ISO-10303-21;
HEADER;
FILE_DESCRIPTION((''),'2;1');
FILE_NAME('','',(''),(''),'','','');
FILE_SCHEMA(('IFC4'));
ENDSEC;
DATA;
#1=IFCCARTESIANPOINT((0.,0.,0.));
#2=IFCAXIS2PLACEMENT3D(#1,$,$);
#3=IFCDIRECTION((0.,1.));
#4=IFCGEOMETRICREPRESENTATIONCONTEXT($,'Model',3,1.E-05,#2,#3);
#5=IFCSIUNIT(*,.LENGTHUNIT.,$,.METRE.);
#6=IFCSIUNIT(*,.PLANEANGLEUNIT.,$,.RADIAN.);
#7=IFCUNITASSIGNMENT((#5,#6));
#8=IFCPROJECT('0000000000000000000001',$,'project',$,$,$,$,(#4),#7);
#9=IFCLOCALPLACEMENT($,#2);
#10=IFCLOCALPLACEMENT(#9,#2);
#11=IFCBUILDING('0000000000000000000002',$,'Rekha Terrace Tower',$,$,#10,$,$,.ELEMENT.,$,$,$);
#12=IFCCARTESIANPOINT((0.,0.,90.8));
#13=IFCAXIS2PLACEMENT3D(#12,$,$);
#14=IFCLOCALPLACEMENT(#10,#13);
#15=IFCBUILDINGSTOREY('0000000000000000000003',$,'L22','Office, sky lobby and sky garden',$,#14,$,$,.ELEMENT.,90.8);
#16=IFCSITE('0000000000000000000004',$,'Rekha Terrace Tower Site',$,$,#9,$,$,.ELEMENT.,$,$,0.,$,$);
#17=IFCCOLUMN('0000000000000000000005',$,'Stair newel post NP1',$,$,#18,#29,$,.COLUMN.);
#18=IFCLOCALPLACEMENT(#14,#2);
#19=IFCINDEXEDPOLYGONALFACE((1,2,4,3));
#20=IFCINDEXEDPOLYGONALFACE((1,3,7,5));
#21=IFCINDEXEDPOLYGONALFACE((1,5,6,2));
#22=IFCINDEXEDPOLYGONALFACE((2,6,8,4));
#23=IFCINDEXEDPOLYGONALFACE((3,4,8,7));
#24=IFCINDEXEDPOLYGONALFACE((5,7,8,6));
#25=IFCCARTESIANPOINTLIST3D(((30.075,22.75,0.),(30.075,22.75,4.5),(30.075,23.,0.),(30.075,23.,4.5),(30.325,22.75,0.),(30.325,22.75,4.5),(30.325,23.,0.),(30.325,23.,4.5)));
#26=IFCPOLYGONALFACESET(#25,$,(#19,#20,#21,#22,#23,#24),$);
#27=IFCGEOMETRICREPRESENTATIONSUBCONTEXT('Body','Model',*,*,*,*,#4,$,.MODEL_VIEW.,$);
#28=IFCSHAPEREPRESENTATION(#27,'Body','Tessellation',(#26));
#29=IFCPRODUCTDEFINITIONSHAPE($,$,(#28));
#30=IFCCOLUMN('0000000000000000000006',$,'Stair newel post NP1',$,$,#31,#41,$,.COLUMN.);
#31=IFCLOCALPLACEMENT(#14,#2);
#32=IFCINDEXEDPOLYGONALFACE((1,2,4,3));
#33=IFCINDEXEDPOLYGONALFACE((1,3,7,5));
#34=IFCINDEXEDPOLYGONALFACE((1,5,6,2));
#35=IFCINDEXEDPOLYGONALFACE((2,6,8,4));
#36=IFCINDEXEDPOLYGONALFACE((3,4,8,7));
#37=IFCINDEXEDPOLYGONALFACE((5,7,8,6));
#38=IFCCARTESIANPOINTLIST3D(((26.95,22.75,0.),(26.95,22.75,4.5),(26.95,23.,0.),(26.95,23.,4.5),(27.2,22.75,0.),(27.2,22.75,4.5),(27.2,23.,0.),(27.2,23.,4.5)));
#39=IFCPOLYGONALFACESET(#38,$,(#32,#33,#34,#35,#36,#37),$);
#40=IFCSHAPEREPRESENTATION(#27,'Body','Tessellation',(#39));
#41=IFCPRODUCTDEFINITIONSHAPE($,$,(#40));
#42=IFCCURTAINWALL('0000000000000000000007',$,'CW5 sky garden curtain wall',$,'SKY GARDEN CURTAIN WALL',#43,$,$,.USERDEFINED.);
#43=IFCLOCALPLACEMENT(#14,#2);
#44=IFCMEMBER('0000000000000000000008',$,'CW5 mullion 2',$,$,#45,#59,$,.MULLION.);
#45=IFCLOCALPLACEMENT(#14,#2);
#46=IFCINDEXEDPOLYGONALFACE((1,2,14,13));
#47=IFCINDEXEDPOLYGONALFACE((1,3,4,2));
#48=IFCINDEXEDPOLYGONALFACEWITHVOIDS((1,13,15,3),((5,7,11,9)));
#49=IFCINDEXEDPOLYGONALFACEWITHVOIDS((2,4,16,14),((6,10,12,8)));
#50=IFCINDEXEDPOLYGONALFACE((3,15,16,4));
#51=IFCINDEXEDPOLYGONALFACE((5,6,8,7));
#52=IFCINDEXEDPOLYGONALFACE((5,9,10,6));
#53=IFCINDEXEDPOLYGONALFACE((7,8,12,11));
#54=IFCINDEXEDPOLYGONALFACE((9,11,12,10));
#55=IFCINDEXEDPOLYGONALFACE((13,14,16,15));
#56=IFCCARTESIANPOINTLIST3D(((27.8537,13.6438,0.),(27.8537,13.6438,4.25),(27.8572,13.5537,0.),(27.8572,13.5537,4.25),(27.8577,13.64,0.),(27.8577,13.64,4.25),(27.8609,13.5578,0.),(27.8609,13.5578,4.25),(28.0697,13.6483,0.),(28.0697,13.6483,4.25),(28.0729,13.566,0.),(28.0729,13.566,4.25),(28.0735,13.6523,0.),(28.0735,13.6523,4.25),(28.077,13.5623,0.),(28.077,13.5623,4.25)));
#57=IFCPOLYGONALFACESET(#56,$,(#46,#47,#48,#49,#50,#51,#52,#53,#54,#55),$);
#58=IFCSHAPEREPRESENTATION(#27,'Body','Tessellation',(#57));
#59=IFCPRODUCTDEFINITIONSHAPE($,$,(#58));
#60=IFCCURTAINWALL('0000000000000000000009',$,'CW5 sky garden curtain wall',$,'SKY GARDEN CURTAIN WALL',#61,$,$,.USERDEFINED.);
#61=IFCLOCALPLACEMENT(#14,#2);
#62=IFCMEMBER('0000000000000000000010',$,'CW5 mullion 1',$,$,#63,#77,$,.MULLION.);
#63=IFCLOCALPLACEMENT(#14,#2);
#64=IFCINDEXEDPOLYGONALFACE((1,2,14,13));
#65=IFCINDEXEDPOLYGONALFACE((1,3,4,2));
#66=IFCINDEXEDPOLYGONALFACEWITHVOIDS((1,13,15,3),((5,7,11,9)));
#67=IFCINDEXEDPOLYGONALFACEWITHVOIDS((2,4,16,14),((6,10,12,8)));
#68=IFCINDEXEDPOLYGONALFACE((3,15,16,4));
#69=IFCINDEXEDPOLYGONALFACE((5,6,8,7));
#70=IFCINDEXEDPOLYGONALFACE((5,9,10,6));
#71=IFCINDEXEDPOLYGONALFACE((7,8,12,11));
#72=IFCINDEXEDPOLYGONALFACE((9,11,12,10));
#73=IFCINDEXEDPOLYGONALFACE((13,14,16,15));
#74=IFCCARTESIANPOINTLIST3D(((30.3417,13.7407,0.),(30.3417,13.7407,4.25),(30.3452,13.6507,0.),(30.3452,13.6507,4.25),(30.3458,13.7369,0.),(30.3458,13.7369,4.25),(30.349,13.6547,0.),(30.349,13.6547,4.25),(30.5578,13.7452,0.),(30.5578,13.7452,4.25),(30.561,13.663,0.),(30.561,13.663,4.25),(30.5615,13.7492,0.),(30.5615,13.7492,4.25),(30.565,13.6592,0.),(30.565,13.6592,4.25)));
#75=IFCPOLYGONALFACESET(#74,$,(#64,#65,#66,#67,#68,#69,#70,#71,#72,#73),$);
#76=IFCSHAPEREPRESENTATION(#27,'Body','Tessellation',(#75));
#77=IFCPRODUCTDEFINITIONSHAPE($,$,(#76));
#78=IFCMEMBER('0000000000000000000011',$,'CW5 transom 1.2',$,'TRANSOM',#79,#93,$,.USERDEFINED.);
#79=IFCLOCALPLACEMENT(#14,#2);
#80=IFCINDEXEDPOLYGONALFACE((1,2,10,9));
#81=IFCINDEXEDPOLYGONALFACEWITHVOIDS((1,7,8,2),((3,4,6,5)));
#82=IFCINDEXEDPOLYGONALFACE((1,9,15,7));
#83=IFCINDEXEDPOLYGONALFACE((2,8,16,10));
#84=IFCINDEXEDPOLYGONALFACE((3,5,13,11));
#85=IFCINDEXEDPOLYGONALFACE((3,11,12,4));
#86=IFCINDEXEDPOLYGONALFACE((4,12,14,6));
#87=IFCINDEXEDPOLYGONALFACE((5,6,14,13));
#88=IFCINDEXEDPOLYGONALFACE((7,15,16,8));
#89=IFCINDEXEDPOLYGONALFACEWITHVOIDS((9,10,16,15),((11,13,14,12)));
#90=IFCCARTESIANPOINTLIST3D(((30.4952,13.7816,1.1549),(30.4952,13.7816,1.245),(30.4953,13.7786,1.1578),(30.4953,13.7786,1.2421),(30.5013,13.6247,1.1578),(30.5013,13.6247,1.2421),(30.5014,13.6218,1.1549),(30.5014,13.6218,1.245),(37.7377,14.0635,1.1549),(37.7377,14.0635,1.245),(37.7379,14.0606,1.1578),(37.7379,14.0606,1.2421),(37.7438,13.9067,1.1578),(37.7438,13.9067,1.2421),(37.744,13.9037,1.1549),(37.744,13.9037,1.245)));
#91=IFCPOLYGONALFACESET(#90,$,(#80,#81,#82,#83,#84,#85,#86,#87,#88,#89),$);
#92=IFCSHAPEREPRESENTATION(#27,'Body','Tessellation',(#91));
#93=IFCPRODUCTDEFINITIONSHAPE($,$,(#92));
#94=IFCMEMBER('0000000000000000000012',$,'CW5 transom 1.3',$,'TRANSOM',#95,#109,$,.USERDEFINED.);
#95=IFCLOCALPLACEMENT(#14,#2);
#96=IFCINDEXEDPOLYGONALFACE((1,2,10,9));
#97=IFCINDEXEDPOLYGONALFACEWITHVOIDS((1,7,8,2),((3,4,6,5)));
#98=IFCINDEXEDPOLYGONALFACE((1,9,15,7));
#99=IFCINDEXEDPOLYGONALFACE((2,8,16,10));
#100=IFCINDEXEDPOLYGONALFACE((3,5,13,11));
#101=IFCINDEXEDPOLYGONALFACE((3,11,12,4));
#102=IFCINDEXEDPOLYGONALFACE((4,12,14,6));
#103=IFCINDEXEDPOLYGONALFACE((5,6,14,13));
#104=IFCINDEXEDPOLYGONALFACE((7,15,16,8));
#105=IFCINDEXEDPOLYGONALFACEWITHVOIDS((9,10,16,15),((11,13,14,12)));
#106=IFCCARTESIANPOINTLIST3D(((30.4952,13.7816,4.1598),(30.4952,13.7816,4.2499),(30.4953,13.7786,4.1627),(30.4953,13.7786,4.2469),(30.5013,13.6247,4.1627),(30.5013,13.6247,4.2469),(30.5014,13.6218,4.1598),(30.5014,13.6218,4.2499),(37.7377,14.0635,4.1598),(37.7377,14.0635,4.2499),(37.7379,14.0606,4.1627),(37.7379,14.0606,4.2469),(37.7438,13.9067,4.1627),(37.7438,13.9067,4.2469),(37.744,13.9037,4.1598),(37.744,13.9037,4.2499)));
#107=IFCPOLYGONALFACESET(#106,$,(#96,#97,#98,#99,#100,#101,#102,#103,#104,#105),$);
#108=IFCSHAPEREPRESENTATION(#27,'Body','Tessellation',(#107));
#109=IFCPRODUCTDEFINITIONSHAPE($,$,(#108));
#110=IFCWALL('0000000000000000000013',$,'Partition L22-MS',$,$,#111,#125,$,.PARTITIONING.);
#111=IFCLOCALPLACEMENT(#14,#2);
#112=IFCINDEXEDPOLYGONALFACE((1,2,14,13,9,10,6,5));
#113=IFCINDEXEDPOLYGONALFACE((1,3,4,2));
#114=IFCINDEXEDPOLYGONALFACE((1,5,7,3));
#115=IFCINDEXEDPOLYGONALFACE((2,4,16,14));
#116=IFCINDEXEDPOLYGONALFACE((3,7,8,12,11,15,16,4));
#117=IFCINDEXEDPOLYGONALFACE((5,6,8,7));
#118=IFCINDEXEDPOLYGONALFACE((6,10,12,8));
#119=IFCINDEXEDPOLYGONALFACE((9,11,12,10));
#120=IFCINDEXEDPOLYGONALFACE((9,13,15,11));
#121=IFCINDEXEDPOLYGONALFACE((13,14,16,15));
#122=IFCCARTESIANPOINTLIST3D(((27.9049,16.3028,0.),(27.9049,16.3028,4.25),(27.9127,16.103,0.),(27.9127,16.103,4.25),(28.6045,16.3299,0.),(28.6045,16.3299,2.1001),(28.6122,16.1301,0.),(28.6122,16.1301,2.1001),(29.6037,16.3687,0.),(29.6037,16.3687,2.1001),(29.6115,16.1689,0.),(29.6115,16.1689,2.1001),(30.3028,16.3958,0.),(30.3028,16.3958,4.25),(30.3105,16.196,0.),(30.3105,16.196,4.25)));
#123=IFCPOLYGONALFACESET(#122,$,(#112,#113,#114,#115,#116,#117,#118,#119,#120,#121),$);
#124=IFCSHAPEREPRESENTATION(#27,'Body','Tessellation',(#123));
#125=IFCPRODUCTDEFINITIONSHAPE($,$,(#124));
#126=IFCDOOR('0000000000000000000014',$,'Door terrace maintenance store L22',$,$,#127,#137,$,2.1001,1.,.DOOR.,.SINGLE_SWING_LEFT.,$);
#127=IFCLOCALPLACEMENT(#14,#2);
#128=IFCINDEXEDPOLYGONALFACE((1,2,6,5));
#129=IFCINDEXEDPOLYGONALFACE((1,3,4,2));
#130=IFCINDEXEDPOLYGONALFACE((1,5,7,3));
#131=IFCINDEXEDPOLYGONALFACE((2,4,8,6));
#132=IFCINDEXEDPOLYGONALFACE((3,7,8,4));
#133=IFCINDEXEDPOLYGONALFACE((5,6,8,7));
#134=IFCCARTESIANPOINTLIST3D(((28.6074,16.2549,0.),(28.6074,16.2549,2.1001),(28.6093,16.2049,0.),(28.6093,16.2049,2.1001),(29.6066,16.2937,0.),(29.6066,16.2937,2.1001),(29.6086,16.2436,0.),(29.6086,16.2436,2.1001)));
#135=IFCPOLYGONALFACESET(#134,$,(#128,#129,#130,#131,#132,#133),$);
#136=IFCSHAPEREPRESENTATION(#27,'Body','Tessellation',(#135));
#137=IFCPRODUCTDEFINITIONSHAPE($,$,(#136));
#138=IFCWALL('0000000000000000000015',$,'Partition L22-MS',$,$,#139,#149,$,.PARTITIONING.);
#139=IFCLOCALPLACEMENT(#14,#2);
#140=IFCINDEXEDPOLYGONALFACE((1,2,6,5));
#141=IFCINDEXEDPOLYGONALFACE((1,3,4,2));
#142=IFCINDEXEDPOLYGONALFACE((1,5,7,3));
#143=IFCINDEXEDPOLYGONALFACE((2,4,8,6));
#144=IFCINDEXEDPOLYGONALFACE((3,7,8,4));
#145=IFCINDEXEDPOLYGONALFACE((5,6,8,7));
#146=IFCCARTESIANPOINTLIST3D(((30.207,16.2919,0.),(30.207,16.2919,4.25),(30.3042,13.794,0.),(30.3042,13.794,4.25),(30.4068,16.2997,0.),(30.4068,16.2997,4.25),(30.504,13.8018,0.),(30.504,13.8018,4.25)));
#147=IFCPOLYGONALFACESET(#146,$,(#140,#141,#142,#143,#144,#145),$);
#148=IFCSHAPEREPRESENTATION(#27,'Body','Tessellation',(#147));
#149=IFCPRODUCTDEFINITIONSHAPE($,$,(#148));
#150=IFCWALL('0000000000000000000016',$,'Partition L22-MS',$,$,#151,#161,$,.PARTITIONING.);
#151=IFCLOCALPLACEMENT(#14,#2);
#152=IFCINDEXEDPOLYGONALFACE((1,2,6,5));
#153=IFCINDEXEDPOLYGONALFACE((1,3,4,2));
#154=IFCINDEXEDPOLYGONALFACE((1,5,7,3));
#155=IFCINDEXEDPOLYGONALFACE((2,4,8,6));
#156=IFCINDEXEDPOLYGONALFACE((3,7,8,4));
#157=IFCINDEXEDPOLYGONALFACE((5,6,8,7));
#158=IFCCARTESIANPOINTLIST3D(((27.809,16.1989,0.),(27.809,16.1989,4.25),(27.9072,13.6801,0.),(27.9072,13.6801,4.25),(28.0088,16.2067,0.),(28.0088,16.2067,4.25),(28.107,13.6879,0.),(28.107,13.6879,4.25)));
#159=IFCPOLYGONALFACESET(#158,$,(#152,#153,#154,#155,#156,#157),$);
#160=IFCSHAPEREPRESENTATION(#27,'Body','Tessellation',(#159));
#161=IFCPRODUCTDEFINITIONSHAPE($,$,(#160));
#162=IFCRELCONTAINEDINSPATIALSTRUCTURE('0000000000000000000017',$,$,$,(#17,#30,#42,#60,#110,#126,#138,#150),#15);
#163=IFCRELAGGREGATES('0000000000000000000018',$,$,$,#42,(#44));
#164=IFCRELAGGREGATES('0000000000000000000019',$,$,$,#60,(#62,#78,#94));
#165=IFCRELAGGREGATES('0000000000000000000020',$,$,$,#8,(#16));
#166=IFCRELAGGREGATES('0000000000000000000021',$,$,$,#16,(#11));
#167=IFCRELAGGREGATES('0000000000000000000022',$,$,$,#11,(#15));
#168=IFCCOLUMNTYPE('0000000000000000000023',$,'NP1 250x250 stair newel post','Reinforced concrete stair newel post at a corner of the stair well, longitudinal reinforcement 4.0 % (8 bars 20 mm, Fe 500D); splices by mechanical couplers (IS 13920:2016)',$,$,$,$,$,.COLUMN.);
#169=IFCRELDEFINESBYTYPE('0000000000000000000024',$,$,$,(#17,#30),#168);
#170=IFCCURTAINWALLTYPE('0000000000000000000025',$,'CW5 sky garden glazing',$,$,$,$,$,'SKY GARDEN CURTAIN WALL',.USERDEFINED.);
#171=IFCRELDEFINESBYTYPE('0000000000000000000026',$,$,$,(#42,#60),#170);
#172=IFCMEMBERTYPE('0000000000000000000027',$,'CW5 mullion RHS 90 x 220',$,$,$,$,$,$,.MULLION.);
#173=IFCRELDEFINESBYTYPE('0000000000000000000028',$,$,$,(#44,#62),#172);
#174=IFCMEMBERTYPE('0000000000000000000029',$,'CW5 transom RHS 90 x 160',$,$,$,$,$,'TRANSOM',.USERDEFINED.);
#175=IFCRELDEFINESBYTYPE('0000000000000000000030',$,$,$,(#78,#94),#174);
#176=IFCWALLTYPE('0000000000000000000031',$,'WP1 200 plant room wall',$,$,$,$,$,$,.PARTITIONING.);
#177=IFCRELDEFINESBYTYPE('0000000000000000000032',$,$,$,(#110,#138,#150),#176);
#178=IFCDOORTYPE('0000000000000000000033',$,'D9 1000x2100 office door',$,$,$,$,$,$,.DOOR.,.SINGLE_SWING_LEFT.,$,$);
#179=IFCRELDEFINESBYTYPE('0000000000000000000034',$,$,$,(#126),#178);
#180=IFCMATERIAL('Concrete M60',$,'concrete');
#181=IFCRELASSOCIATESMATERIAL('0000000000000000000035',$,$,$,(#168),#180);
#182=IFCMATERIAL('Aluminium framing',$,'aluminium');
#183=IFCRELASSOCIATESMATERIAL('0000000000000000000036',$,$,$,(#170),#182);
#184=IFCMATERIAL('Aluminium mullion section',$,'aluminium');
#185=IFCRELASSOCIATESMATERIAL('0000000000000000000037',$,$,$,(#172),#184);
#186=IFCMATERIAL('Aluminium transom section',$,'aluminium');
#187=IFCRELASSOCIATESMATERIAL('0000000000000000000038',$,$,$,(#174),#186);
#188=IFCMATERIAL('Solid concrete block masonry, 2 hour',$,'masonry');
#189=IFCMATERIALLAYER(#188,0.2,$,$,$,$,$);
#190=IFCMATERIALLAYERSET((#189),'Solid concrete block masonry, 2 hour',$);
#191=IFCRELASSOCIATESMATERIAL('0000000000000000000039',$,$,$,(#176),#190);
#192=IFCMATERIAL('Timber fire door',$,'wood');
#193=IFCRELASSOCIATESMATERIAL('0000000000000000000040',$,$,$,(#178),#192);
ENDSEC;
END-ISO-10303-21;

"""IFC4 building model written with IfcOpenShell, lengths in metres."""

from ifc_helpers import new_model, si_unit, direction, frame, frame_2d, origin, origin_2d, place, context, subcontext, project, spatial, rectangle, hollow_rectangle, extrude, material, layer, layer_set, material_profile, profile_set, type_object, element, fill, aggregate, save


model = new_model("IFC4")

# Units and contexts
model_context = context("Model", 3, precision=1e-05, world=origin(), true_north=direction((0.0, 1.0)))
body_context = subcontext(model_context, "Body", "Model", "MODEL_VIEW")
ifc_project = project(units=[si_unit("LENGTHUNIT", "METRE"), si_unit("PLANEANGLEUNIT", "RADIAN")], contexts=[model_context])

# Site, building, storey
site_placement = place(None, origin())
site = spatial("IfcSite", under=ifc_project, at=site_placement, Name="Rekha Terrace Tower Site", CompositionType="ELEMENT", RefElevation=0.0)
building_placement = place(site_placement, origin())
building = spatial("IfcBuilding", under=site, at=building_placement, Name="Rekha Terrace Tower", CompositionType="ELEMENT")
storey_placement = place(building_placement, frame((0.0, 0.0, 90.8)))
storey = spatial("IfcBuildingStorey", under=building, at=storey_placement, Name="L22", Description="Office, sky lobby and sky garden", CompositionType="ELEMENT", Elevation=90.8)

# Columns
ifc_material_1 = material(Name="Concrete M60", Category="concrete")
ifc_material_profile_1 = material_profile(ifc_material_1, rectangle(XDim=0.25, YDim=0.25, at=origin_2d()), Name="RC 250x250")
ifc_profile_set_1 = profile_set([ifc_material_profile_1], Name="Concrete M60")
column_type = type_object("IfcColumnType", Name="NP1 250x250 stair newel post", Description="Reinforced concrete stair newel post at a corner of the stair well, longitudinal reinforcement 4.0 % (8 bars 20 mm, Fe 500D); splices by mechanical couplers (IS 13920:2016)", PredefinedType="COLUMN", material=ifc_profile_set_1)
for number, where, z_axis, x_axis, name in (
    (1, (30.2, 22.875, 0.0), (0.0, 0.0, 1.0), (1.0, 0.0, 0.0), "Stair newel post NP1"),
    (2, (27.075, 22.875, 0.0), (0.0, 0.0, 1.0), (1.0, 0.0, 0.0), "Stair newel post NP1"),
):
    element("IfcColumn", number, at=place(storey_placement, frame(where, z_axis=z_axis, x_axis=x_axis)), inside=storey, type_object=column_type, Name=name, PredefinedType="COLUMN", context=body_context, shape_type="SweptSolid", body=[
        extrude(rectangle(XDim=0.25, YDim=0.25, at=origin_2d()), origin(), (0.0, 0.0, 1.0), 4.5),
    ])

# Curtain wall, member
ifc_material_2 = material(Name="Aluminium framing", Category="aluminium")
curtain_wall_type = type_object("IfcCurtainWallType", Name="CW5 sky garden glazing", ElementType="SKY GARDEN CURTAIN WALL", PredefinedType="USERDEFINED", material=ifc_material_2)
curtain_wall_1_placement = place(storey_placement, origin())
curtain_wall_1 = element("IfcCurtainWall", 3, at=curtain_wall_1_placement, inside=storey, type_object=curtain_wall_type, Name="CW5 sky garden curtain wall", ObjectType="SKY GARDEN CURTAIN WALL", PredefinedType="USERDEFINED")
ifc_material_3 = material(Name="Aluminium mullion section", Category="aluminium")
ifc_material_profile_2 = material_profile(ifc_material_3, hollow_rectangle(XDim=0.0901, YDim=0.22, WallThickness=0.0039, at=origin_2d()), Name="AL RHS 90x220")
ifc_profile_set_2 = profile_set([ifc_material_profile_2], Name="Aluminium mullion section")
member_type_1 = type_object("IfcMemberType", Name="CW5 mullion RHS 90 x 220", PredefinedType="MULLION", material=ifc_profile_set_2)
member_1_placement = place(storey_placement, frame((27.9653, 13.603, 0.0), z_axis=(0.0, 0.0, 1.0), x_axis=(-0.03889, 0.999243, 0.0)))
member_1 = element("IfcMember", 4, at=member_1_placement, type_object=member_type_1, Name="CW5 mullion 2", PredefinedType="MULLION", context=body_context, shape_type="SweptSolid", body=[
    extrude(hollow_rectangle(XDim=0.0901, YDim=0.22, WallThickness=0.0039, at=origin_2d()), origin(), (0.0, 0.0, 1.0), 4.25),
])
aggregate(curtain_wall_1, [member_1])

# Curtain wall, members
curtain_wall_2_placement = place(storey_placement, origin())
curtain_wall_2 = element("IfcCurtainWall", 5, at=curtain_wall_2_placement, inside=storey, type_object=curtain_wall_type, Name="CW5 sky garden curtain wall", ObjectType="SKY GARDEN CURTAIN WALL", PredefinedType="USERDEFINED")
member_2_placement = place(storey_placement, frame((30.4534, 13.7, 0.0), z_axis=(0.0, 0.0, 1.0), x_axis=(-0.03889, 0.999243, 0.0)))
member_2 = element("IfcMember", 6, at=member_2_placement, type_object=member_type_1, Name="CW5 mullion 1", PredefinedType="MULLION", context=body_context, shape_type="SweptSolid", body=[
    extrude(hollow_rectangle(XDim=0.0901, YDim=0.22, WallThickness=0.0039, at=origin_2d()), origin(), (0.0, 0.0, 1.0), 4.25),
])
ifc_material_4 = material(Name="Aluminium transom section", Category="aluminium")
ifc_material_profile_3 = material_profile(ifc_material_4, hollow_rectangle(XDim=0.1599, YDim=0.0901, WallThickness=0.0029, at=origin_2d()), Name="AL RHS 160x90")
ifc_profile_set_3 = profile_set([ifc_material_profile_3], Name="Aluminium transom section")
member_type_2 = type_object("IfcMemberType", Name="CW5 transom RHS 90 x 160", ElementType="TRANSOM", PredefinedType="USERDEFINED", material=ifc_profile_set_3)
member_3_placement = place(storey_placement, frame((30.4983, 13.7017, 1.2), z_axis=(0.999243, 0.038904, 0.0), x_axis=(-0.038904, 0.999243, 0.0)))
member_3 = element("IfcMember", 7, at=member_3_placement, type_object=member_type_2, Name="CW5 transom 1.2", ObjectType="TRANSOM", PredefinedType="USERDEFINED", context=body_context, shape_type="SweptSolid", body=[
    extrude(hollow_rectangle(XDim=0.1599, YDim=0.0901, WallThickness=0.0029, at=origin_2d()), origin(), (0.0, 0.0, 1.0), 7.248),
])
member_4_placement = place(storey_placement, frame((30.4983, 13.7017, 4.2048), z_axis=(0.999243, 0.038904, 0.0), x_axis=(-0.038904, 0.999243, 0.0)))
member_4 = element("IfcMember", 8, at=member_4_placement, type_object=member_type_2, Name="CW5 transom 1.3", ObjectType="TRANSOM", PredefinedType="USERDEFINED", context=body_context, shape_type="SweptSolid", body=[
    extrude(hollow_rectangle(XDim=0.1599, YDim=0.0901, WallThickness=0.0029, at=origin_2d()), origin(), (0.0, 0.0, 1.0), 7.248),
])
aggregate(curtain_wall_2, [member_2, member_3, member_4])

# Wall, opening, door
ifc_material_5 = material(Name="Solid concrete block masonry, 2 hour", Category="masonry")
ifc_layer_1 = layer(ifc_material_5, 0.2)
ifc_layer_set_1 = layer_set([ifc_layer_1], Name="Solid concrete block masonry, 2 hour")
wall_type_1 = type_object("IfcWallType", Name="WP1 200 plant room wall", PredefinedType="PARTITIONING", material=ifc_layer_set_1)
wall_1_placement = place(storey_placement, frame((27.9089, 16.2029, 0.0), z_axis=(0.0, 0.0, 1.0), x_axis=(0.999248, 0.038761, 0.0)))
wall_1 = element("IfcWall", 9, at=wall_1_placement, inside=storey, type_object=wall_type_1, Name="Partition L22-MS", PredefinedType="PARTITIONING", context=body_context, shape_type="SweptSolid", body=[
    extrude(rectangle(XDim=2.3997, YDim=0.2, at=frame_2d((1.1997, 0.0))), origin(), (0.0, 0.0, 1.0), 4.25),
])
opening_1_placement = place(wall_1_placement, frame((0.7, 0.0, 0.0)))
opening_1 = element("IfcOpeningElement", 10, at=opening_1_placement, cuts=wall_1, PredefinedType="OPENING", context=body_context, shape_type="SweptSolid", body=[
    extrude(rectangle(XDim=1.0, YDim=2.1001, at=frame_2d((0.5, 1.05))), frame((0.0, 0.1099, 0.0), z_axis=(0.0, -1.0, 0.0), x_axis=(1.0, 0.0, 0.0)), (0.0, 0.0, 1.0), 0.22),
])
ifc_material_6 = material(Name="Timber fire door", Category="wood")
door_type_1 = type_object("IfcDoorType", Name="D9 1000x2100 office door", OperationType="SINGLE_SWING_LEFT", PredefinedType="DOOR", material=ifc_material_6)
door_1_placement = place(opening_1_placement, origin())
door_1 = element("IfcDoor", 11, at=door_1_placement, inside=storey, type_object=door_type_1, Name="Door terrace maintenance store L22", OperationType="SINGLE_SWING_LEFT", OverallHeight=2.1001, OverallWidth=1.0, PredefinedType="DOOR", context=body_context, shape_type="SweptSolid", body=[
    extrude(rectangle(XDim=1.0, YDim=2.1001, at=frame_2d((0.5, 1.05))), frame((0.0, 0.0249, 0.0), z_axis=(0.0, -1.0, 0.0), x_axis=(1.0, 0.0, 0.0)), (0.0, 0.0, 1.0), 0.05),
])
fill(opening_1, door_1)

# Walls
wall_2_placement = place(storey_placement, frame((30.3069, 16.2959, 0.0), z_axis=(0.0, 0.0, 1.0), x_axis=(0.038872, -0.999244, 0.0)))
element("IfcWall", 12, at=wall_2_placement, inside=storey, type_object=wall_type_1, Name="Partition L22-MS", PredefinedType="PARTITIONING", context=body_context, shape_type="SweptSolid", body=[
    extrude(rectangle(XDim=2.4998, YDim=0.2, at=frame_2d((1.25, 0.0))), origin(), (0.0, 0.0, 1.0), 4.25),
])
wall_3_placement = place(storey_placement, frame((28.0071, 13.6841, 0.0), z_axis=(0.0, 0.0, 1.0), x_axis=(-0.038935, 0.999242, 0.0)))
element("IfcWall", 13, at=wall_3_placement, inside=storey, type_object=wall_type_1, Name="Partition L22-MS", PredefinedType="PARTITIONING", context=body_context, shape_type="SweptSolid", body=[
    extrude(rectangle(XDim=2.5208, YDim=0.2, at=frame_2d((1.2603, 0.0))), origin(), (0.0, 0.0, 1.0), 4.25),
])

save(model, "model.ifc")
